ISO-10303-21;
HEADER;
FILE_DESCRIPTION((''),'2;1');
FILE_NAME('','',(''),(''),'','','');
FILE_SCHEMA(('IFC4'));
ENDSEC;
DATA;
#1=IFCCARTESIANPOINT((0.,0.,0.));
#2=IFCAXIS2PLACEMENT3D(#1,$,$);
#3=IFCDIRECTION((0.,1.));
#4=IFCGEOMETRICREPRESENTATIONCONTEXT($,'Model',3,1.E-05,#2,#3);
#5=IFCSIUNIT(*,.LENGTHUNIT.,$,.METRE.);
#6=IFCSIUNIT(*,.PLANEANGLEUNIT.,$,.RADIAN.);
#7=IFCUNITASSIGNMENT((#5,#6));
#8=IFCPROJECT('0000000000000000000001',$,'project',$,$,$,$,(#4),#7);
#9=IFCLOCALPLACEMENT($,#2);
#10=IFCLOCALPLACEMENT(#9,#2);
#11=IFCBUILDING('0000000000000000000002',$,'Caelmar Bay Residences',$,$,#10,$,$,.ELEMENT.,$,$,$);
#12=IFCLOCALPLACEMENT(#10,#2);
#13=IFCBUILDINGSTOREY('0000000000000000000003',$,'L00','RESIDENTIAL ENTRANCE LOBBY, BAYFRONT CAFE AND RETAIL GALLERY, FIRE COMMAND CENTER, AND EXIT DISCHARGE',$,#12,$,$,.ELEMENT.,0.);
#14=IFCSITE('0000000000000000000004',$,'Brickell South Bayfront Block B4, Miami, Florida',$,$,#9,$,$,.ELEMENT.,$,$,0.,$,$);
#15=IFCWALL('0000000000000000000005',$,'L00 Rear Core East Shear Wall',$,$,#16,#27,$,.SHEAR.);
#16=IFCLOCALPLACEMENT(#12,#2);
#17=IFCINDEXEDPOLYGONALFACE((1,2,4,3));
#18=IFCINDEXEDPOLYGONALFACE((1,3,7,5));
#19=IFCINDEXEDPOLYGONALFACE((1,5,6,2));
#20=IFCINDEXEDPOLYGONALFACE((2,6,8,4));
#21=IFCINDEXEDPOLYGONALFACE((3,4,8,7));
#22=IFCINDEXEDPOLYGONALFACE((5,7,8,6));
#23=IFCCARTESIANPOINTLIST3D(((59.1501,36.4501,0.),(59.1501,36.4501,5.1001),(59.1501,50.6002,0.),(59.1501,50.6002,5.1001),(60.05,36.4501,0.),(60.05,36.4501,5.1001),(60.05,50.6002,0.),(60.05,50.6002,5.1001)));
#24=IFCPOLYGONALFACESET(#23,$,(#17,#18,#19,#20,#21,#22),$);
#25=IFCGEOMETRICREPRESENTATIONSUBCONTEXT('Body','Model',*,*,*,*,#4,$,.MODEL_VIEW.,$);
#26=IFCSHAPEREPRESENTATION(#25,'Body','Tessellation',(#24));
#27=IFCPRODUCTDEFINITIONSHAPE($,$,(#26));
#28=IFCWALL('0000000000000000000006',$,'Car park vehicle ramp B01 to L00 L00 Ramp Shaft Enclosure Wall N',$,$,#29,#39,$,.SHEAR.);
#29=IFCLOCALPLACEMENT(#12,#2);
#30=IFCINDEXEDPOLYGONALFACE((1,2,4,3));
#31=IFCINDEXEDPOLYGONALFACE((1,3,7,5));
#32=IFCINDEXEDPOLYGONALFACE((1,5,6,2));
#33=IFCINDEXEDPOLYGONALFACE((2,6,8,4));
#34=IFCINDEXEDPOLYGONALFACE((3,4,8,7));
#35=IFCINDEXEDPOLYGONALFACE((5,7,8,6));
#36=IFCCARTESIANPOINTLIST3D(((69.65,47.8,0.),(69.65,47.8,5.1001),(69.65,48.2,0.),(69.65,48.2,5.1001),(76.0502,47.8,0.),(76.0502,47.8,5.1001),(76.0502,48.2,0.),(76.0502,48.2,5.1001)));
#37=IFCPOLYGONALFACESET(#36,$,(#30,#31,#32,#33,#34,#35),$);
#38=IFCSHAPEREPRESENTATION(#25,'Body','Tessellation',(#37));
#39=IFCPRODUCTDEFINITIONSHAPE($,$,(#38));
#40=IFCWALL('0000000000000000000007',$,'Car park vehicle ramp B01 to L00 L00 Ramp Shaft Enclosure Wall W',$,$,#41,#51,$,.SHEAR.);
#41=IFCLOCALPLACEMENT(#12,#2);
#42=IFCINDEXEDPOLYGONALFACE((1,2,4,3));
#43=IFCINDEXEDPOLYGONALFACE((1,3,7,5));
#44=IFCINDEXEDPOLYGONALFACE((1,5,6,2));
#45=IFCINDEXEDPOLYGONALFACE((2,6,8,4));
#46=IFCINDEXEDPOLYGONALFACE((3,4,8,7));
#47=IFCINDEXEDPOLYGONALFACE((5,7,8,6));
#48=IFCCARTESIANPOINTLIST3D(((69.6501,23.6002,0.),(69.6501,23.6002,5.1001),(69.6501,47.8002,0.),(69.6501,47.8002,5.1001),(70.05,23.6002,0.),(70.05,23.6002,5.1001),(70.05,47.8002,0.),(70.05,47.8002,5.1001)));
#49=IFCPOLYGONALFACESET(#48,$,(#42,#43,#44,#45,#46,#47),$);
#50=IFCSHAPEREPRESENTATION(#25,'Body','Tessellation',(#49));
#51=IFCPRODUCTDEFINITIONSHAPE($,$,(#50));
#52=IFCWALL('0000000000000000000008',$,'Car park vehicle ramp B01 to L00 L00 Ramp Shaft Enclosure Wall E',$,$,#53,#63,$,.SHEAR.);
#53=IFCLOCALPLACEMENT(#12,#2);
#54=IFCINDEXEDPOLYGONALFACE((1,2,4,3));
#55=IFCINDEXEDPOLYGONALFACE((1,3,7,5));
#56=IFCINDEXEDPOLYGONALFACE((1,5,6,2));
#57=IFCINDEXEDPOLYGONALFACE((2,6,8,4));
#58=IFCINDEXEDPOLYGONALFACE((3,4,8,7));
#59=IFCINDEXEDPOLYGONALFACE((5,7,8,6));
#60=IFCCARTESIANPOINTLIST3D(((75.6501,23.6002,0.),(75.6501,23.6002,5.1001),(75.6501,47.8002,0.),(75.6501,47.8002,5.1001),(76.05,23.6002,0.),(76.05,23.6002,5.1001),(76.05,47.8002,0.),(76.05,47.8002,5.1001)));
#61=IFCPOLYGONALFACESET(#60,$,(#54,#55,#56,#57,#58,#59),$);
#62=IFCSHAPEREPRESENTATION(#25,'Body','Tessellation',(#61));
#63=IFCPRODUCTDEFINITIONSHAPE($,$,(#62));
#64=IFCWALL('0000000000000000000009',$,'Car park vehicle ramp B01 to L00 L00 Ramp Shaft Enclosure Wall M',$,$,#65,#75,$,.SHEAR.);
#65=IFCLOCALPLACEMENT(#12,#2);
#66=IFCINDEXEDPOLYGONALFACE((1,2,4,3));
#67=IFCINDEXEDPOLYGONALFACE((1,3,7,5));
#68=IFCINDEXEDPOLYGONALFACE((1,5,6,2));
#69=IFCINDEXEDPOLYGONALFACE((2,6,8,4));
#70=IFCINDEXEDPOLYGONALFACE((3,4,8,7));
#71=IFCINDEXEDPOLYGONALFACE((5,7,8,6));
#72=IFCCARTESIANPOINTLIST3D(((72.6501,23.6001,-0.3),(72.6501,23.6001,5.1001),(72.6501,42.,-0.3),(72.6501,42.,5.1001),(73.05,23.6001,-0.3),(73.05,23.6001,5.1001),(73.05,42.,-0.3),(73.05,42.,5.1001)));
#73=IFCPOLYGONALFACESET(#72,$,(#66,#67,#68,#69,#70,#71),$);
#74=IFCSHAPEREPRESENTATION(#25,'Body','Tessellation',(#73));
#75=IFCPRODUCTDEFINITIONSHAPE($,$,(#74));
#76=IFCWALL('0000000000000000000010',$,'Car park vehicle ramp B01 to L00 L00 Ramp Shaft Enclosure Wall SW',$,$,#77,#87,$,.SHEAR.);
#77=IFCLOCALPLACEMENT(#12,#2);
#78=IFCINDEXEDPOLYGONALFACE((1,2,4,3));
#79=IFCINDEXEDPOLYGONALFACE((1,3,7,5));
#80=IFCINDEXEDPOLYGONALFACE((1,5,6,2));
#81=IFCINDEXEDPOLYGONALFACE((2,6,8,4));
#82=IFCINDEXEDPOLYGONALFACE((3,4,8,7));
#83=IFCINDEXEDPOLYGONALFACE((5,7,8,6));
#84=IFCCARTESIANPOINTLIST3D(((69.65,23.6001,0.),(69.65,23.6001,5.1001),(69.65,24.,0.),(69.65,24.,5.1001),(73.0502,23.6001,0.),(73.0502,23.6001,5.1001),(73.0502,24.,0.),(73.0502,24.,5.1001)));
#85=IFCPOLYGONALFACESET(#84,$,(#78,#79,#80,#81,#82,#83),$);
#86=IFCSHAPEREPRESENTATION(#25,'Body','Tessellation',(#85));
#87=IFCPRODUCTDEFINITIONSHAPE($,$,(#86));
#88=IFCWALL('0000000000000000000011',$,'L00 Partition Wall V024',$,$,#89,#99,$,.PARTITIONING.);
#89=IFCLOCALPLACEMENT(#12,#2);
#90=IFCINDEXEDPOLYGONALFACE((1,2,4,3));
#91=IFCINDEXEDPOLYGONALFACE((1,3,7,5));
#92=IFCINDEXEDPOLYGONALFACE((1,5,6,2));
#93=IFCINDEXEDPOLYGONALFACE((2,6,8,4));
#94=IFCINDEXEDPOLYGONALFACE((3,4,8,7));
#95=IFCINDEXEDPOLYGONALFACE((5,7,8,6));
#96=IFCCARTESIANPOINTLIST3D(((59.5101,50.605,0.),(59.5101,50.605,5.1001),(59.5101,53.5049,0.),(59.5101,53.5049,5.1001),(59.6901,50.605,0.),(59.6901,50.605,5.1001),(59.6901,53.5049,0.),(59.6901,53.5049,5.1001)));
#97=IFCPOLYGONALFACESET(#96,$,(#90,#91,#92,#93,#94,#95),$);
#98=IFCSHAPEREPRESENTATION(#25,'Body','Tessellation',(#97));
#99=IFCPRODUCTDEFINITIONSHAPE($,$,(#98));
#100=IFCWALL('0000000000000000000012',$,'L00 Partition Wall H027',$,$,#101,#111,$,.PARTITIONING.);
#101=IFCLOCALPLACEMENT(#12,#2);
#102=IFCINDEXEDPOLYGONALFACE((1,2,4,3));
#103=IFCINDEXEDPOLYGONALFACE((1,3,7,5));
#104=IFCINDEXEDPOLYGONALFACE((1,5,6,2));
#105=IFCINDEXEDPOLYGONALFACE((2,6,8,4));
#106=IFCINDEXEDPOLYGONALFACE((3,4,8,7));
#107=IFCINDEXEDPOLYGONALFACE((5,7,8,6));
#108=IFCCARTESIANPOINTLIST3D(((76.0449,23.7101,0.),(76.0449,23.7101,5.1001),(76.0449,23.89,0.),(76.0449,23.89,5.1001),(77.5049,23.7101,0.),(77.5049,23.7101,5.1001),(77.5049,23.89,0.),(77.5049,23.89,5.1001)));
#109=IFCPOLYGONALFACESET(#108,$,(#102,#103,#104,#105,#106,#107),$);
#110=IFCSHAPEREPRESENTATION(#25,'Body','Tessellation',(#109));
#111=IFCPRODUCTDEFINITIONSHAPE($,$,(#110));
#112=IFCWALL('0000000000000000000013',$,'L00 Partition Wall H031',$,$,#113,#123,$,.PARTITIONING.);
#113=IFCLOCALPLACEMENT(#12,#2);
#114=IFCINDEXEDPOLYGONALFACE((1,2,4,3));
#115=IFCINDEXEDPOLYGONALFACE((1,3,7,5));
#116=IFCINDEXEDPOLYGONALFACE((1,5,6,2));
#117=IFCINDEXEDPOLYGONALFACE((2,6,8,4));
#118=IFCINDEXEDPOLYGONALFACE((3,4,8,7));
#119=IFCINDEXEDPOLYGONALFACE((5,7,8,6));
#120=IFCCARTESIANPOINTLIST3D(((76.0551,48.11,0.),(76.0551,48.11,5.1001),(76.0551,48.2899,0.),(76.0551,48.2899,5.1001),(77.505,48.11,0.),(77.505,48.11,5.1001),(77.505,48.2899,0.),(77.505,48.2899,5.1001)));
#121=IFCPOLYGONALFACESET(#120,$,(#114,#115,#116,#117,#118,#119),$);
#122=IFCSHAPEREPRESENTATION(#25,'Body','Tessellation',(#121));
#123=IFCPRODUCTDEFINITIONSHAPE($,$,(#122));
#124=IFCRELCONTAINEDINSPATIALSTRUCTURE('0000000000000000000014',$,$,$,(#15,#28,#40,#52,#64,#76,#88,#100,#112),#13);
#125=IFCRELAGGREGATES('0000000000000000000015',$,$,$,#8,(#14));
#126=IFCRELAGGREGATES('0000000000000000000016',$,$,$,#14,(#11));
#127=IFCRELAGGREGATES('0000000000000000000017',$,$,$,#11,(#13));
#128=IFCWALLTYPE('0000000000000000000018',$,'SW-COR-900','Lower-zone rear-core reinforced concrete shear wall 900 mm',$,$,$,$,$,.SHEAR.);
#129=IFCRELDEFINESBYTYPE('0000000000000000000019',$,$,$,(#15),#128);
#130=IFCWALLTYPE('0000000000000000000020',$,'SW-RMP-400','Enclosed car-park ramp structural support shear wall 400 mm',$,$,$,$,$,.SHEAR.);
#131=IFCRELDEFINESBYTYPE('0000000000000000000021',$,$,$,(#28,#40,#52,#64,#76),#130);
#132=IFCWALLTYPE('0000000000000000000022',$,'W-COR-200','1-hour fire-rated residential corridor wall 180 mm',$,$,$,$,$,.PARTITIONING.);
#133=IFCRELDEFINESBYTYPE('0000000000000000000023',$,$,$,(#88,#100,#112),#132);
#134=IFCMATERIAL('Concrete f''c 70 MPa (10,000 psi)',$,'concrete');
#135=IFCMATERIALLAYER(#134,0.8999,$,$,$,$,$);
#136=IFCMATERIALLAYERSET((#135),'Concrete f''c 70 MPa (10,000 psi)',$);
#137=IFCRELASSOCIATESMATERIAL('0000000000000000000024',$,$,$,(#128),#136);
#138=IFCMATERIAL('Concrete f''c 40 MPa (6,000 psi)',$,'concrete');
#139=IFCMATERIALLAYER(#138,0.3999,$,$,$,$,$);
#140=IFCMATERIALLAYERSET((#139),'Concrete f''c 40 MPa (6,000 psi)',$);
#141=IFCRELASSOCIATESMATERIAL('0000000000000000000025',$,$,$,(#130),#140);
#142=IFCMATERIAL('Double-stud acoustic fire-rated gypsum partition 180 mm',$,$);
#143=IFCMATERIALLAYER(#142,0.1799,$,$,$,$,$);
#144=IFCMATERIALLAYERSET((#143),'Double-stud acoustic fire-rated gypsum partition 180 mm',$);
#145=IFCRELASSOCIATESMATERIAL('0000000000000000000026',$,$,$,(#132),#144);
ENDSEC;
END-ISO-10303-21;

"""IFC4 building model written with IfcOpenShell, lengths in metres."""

from ifc_helpers import new_model, si_unit, direction, frame, frame_2d, origin, place, context, subcontext, project, spatial, rectangle, extrude, material, layer, layer_set, type_object, element, save


model = new_model("IFC4")

# Units and contexts
model_context = context("Model", 3, precision=1e-05, world=origin(), true_north=direction((0.0, 1.0)))
body_context = subcontext(model_context, "Body", "Model", "MODEL_VIEW")
ifc_project = project(units=[si_unit("LENGTHUNIT", "METRE"), si_unit("PLANEANGLEUNIT", "RADIAN")], contexts=[model_context])

# Site, building, storey
site_placement = place(None, origin())
site = spatial("IfcSite", under=ifc_project, at=site_placement, Name="Brickell South Bayfront Block B4, Miami, Florida", CompositionType="ELEMENT", RefElevation=0.0)
building_placement = place(site_placement, origin())
building = spatial("IfcBuilding", under=site, at=building_placement, Name="Caelmar Bay Residences", CompositionType="ELEMENT")
storey_placement = place(building_placement, origin())
storey = spatial("IfcBuildingStorey", under=building, at=storey_placement, Name="L00", Description="RESIDENTIAL ENTRANCE LOBBY, BAYFRONT CAFE AND RETAIL GALLERY, FIRE COMMAND CENTER, AND EXIT DISCHARGE", CompositionType="ELEMENT", Elevation=0.0)

# Shared definitions
ifc_material_1 = material(Name="Concrete f'c 70 MPa (10,000 psi)", Category="concrete")

# Walls
ifc_layer_1 = layer(ifc_material_1, 0.8999)
ifc_layer_set_1 = layer_set([ifc_layer_1], Name="Concrete f'c 70 MPa (10,000 psi)")
wall_type_1 = type_object("IfcWallType", Name="SW-COR-900", Description="Lower-zone rear-core reinforced concrete shear wall 900 mm", PredefinedType="SHEAR", material=ifc_layer_set_1)
wall_1_placement = place(storey_placement, frame((59.6001, 36.45, 0.0), z_axis=(0.0, 0.0, 1.0), x_axis=(0.0, 1.0, 0.0)))
element("IfcWall", 1, at=wall_1_placement, inside=storey, type_object=wall_type_1, Name="L00 Rear Core East Shear Wall", PredefinedType="SHEAR", context=body_context, shape_type="SweptSolid", body=[
    extrude(rectangle(XDim=14.1501, YDim=0.8999, at=frame_2d((7.0752, 0.0))), origin(), (0.0, 0.0, 1.0), 5.1001),
])
ifc_material_2 = material(Name="Concrete f'c 40 MPa (6,000 psi)", Category="concrete")
ifc_layer_2 = layer(ifc_material_2, 0.3999)
ifc_layer_set_2 = layer_set([ifc_layer_2], Name="Concrete f'c 40 MPa (6,000 psi)")
wall_type_2 = type_object("IfcWallType", Name="SW-RMP-400", Description="Enclosed car-park ramp structural support shear wall 400 mm", PredefinedType="SHEAR", material=ifc_layer_set_2)
wall_2_placement = place(storey_placement, frame((69.6499, 48.0, 0.0), z_axis=(0.0, 0.0, 1.0), x_axis=(1.0, 0.0, 0.0)))
element("IfcWall", 2, at=wall_2_placement, inside=storey, type_object=wall_type_2, Name="Car park vehicle ramp B01 to L00 L00 Ramp Shaft Enclosure Wall N", PredefinedType="SHEAR", context=body_context, shape_type="SweptSolid", body=[
    extrude(rectangle(XDim=6.4001, YDim=0.3999, at=frame_2d((3.2002, 0.0))), origin(), (0.0, 0.0, 1.0), 5.1001),
])
for number, where, z_axis, x_axis, name in (
    (3, (69.8501, 23.6001, 0.0), (0.0, 0.0, 1.0), (0.0, 1.0, 0.0), "Car park vehicle ramp B01 to L00 L00 Ramp Shaft Enclosure Wall W"),
    (4, (75.8501, 23.6001, 0.0), (0.0, 0.0, 1.0), (0.0, 1.0, 0.0), "Car park vehicle ramp B01 to L00 L00 Ramp Shaft Enclosure Wall E"),
):
    element("IfcWall", number, at=place(storey_placement, frame(where, z_axis=z_axis, x_axis=x_axis)), inside=storey, type_object=wall_type_2, Name=name, PredefinedType="SHEAR", context=body_context, shape_type="SweptSolid", body=[
        extrude(rectangle(XDim=24.2, YDim=0.3999, at=frame_2d((12.1001, 0.0))), origin(), (0.0, 0.0, 1.0), 5.1001),
    ])
wall_3_placement = place(storey_placement, frame((72.8501, 23.6001, -0.3), z_axis=(0.0, 0.0, 1.0), x_axis=(0.0, 1.0, 0.0)))
element("IfcWall", 5, at=wall_3_placement, inside=storey, type_object=wall_type_2, Name="Car park vehicle ramp B01 to L00 L00 Ramp Shaft Enclosure Wall M", PredefinedType="SHEAR", context=body_context, shape_type="SweptSolid", body=[
    extrude(rectangle(XDim=18.3999, YDim=0.3999, at=frame_2d((9.2, 0.0))), origin(), (0.0, 0.0, 1.0), 5.4001),
])
wall_4_placement = place(storey_placement, frame((69.6499, 23.8, 0.0), z_axis=(0.0, 0.0, 1.0), x_axis=(1.0, 0.0, 0.0)))
element("IfcWall", 6, at=wall_4_placement, inside=storey, type_object=wall_type_2, Name="Car park vehicle ramp B01 to L00 L00 Ramp Shaft Enclosure Wall SW", PredefinedType="SHEAR", context=body_context, shape_type="SweptSolid", body=[
    extrude(rectangle(XDim=3.4001, YDim=0.3999, at=frame_2d((1.7002, 0.0))), origin(), (0.0, 0.0, 1.0), 5.1001),
])

# Shared definitions
ifc_material_3 = material(Name="Double-stud acoustic fire-rated gypsum partition 180 mm")
ifc_layer_3 = layer(ifc_material_3, 0.1799)
ifc_layer_set_3 = layer_set([ifc_layer_3], Name="Double-stud acoustic fire-rated gypsum partition 180 mm")
wall_type_3 = type_object("IfcWallType", Name="W-COR-200", Description="1-hour fire-rated residential corridor wall 180 mm", PredefinedType="PARTITIONING", material=ifc_layer_set_3)

# Walls
wall_5_placement = place(storey_placement, frame((59.6001, 50.605, 0.0), z_axis=(0.0, 0.0, 1.0), x_axis=(0.0, 1.0, 0.0)))
element("IfcWall", 7, at=wall_5_placement, inside=storey, type_object=wall_type_3, Name="L00 Partition Wall V024", PredefinedType="PARTITIONING", context=body_context, shape_type="SweptSolid", body=[
    extrude(rectangle(XDim=2.8999, YDim=0.1799, at=frame_2d((1.45, 0.0))), origin(), (0.0, 0.0, 1.0), 5.1001),
])
wall_6_placement = place(storey_placement, frame((76.0449, 23.8, 0.0), z_axis=(0.0, 0.0, 1.0), x_axis=(1.0, 0.0, 0.0)))
element("IfcWall", 8, at=wall_6_placement, inside=storey, type_object=wall_type_3, Name="L00 Partition Wall H027", PredefinedType="PARTITIONING", context=body_context, shape_type="SweptSolid", body=[
    extrude(rectangle(XDim=1.46, YDim=0.1799, at=frame_2d((0.73, 0.0))), origin(), (0.0, 0.0, 1.0), 5.1001),
])
wall_7_placement = place(storey_placement, frame((76.0549, 48.2, 0.0), z_axis=(0.0, 0.0, 1.0), x_axis=(1.0, 0.0, 0.0)))
element("IfcWall", 9, at=wall_7_placement, inside=storey, type_object=wall_type_3, Name="L00 Partition Wall H031", PredefinedType="PARTITIONING", context=body_context, shape_type="SweptSolid", body=[
    extrude(rectangle(XDim=1.45, YDim=0.1799, at=frame_2d((0.7251, 0.0))), origin(), (0.0, 0.0, 1.0), 5.1001),
])

save(model, "model.ifc")
